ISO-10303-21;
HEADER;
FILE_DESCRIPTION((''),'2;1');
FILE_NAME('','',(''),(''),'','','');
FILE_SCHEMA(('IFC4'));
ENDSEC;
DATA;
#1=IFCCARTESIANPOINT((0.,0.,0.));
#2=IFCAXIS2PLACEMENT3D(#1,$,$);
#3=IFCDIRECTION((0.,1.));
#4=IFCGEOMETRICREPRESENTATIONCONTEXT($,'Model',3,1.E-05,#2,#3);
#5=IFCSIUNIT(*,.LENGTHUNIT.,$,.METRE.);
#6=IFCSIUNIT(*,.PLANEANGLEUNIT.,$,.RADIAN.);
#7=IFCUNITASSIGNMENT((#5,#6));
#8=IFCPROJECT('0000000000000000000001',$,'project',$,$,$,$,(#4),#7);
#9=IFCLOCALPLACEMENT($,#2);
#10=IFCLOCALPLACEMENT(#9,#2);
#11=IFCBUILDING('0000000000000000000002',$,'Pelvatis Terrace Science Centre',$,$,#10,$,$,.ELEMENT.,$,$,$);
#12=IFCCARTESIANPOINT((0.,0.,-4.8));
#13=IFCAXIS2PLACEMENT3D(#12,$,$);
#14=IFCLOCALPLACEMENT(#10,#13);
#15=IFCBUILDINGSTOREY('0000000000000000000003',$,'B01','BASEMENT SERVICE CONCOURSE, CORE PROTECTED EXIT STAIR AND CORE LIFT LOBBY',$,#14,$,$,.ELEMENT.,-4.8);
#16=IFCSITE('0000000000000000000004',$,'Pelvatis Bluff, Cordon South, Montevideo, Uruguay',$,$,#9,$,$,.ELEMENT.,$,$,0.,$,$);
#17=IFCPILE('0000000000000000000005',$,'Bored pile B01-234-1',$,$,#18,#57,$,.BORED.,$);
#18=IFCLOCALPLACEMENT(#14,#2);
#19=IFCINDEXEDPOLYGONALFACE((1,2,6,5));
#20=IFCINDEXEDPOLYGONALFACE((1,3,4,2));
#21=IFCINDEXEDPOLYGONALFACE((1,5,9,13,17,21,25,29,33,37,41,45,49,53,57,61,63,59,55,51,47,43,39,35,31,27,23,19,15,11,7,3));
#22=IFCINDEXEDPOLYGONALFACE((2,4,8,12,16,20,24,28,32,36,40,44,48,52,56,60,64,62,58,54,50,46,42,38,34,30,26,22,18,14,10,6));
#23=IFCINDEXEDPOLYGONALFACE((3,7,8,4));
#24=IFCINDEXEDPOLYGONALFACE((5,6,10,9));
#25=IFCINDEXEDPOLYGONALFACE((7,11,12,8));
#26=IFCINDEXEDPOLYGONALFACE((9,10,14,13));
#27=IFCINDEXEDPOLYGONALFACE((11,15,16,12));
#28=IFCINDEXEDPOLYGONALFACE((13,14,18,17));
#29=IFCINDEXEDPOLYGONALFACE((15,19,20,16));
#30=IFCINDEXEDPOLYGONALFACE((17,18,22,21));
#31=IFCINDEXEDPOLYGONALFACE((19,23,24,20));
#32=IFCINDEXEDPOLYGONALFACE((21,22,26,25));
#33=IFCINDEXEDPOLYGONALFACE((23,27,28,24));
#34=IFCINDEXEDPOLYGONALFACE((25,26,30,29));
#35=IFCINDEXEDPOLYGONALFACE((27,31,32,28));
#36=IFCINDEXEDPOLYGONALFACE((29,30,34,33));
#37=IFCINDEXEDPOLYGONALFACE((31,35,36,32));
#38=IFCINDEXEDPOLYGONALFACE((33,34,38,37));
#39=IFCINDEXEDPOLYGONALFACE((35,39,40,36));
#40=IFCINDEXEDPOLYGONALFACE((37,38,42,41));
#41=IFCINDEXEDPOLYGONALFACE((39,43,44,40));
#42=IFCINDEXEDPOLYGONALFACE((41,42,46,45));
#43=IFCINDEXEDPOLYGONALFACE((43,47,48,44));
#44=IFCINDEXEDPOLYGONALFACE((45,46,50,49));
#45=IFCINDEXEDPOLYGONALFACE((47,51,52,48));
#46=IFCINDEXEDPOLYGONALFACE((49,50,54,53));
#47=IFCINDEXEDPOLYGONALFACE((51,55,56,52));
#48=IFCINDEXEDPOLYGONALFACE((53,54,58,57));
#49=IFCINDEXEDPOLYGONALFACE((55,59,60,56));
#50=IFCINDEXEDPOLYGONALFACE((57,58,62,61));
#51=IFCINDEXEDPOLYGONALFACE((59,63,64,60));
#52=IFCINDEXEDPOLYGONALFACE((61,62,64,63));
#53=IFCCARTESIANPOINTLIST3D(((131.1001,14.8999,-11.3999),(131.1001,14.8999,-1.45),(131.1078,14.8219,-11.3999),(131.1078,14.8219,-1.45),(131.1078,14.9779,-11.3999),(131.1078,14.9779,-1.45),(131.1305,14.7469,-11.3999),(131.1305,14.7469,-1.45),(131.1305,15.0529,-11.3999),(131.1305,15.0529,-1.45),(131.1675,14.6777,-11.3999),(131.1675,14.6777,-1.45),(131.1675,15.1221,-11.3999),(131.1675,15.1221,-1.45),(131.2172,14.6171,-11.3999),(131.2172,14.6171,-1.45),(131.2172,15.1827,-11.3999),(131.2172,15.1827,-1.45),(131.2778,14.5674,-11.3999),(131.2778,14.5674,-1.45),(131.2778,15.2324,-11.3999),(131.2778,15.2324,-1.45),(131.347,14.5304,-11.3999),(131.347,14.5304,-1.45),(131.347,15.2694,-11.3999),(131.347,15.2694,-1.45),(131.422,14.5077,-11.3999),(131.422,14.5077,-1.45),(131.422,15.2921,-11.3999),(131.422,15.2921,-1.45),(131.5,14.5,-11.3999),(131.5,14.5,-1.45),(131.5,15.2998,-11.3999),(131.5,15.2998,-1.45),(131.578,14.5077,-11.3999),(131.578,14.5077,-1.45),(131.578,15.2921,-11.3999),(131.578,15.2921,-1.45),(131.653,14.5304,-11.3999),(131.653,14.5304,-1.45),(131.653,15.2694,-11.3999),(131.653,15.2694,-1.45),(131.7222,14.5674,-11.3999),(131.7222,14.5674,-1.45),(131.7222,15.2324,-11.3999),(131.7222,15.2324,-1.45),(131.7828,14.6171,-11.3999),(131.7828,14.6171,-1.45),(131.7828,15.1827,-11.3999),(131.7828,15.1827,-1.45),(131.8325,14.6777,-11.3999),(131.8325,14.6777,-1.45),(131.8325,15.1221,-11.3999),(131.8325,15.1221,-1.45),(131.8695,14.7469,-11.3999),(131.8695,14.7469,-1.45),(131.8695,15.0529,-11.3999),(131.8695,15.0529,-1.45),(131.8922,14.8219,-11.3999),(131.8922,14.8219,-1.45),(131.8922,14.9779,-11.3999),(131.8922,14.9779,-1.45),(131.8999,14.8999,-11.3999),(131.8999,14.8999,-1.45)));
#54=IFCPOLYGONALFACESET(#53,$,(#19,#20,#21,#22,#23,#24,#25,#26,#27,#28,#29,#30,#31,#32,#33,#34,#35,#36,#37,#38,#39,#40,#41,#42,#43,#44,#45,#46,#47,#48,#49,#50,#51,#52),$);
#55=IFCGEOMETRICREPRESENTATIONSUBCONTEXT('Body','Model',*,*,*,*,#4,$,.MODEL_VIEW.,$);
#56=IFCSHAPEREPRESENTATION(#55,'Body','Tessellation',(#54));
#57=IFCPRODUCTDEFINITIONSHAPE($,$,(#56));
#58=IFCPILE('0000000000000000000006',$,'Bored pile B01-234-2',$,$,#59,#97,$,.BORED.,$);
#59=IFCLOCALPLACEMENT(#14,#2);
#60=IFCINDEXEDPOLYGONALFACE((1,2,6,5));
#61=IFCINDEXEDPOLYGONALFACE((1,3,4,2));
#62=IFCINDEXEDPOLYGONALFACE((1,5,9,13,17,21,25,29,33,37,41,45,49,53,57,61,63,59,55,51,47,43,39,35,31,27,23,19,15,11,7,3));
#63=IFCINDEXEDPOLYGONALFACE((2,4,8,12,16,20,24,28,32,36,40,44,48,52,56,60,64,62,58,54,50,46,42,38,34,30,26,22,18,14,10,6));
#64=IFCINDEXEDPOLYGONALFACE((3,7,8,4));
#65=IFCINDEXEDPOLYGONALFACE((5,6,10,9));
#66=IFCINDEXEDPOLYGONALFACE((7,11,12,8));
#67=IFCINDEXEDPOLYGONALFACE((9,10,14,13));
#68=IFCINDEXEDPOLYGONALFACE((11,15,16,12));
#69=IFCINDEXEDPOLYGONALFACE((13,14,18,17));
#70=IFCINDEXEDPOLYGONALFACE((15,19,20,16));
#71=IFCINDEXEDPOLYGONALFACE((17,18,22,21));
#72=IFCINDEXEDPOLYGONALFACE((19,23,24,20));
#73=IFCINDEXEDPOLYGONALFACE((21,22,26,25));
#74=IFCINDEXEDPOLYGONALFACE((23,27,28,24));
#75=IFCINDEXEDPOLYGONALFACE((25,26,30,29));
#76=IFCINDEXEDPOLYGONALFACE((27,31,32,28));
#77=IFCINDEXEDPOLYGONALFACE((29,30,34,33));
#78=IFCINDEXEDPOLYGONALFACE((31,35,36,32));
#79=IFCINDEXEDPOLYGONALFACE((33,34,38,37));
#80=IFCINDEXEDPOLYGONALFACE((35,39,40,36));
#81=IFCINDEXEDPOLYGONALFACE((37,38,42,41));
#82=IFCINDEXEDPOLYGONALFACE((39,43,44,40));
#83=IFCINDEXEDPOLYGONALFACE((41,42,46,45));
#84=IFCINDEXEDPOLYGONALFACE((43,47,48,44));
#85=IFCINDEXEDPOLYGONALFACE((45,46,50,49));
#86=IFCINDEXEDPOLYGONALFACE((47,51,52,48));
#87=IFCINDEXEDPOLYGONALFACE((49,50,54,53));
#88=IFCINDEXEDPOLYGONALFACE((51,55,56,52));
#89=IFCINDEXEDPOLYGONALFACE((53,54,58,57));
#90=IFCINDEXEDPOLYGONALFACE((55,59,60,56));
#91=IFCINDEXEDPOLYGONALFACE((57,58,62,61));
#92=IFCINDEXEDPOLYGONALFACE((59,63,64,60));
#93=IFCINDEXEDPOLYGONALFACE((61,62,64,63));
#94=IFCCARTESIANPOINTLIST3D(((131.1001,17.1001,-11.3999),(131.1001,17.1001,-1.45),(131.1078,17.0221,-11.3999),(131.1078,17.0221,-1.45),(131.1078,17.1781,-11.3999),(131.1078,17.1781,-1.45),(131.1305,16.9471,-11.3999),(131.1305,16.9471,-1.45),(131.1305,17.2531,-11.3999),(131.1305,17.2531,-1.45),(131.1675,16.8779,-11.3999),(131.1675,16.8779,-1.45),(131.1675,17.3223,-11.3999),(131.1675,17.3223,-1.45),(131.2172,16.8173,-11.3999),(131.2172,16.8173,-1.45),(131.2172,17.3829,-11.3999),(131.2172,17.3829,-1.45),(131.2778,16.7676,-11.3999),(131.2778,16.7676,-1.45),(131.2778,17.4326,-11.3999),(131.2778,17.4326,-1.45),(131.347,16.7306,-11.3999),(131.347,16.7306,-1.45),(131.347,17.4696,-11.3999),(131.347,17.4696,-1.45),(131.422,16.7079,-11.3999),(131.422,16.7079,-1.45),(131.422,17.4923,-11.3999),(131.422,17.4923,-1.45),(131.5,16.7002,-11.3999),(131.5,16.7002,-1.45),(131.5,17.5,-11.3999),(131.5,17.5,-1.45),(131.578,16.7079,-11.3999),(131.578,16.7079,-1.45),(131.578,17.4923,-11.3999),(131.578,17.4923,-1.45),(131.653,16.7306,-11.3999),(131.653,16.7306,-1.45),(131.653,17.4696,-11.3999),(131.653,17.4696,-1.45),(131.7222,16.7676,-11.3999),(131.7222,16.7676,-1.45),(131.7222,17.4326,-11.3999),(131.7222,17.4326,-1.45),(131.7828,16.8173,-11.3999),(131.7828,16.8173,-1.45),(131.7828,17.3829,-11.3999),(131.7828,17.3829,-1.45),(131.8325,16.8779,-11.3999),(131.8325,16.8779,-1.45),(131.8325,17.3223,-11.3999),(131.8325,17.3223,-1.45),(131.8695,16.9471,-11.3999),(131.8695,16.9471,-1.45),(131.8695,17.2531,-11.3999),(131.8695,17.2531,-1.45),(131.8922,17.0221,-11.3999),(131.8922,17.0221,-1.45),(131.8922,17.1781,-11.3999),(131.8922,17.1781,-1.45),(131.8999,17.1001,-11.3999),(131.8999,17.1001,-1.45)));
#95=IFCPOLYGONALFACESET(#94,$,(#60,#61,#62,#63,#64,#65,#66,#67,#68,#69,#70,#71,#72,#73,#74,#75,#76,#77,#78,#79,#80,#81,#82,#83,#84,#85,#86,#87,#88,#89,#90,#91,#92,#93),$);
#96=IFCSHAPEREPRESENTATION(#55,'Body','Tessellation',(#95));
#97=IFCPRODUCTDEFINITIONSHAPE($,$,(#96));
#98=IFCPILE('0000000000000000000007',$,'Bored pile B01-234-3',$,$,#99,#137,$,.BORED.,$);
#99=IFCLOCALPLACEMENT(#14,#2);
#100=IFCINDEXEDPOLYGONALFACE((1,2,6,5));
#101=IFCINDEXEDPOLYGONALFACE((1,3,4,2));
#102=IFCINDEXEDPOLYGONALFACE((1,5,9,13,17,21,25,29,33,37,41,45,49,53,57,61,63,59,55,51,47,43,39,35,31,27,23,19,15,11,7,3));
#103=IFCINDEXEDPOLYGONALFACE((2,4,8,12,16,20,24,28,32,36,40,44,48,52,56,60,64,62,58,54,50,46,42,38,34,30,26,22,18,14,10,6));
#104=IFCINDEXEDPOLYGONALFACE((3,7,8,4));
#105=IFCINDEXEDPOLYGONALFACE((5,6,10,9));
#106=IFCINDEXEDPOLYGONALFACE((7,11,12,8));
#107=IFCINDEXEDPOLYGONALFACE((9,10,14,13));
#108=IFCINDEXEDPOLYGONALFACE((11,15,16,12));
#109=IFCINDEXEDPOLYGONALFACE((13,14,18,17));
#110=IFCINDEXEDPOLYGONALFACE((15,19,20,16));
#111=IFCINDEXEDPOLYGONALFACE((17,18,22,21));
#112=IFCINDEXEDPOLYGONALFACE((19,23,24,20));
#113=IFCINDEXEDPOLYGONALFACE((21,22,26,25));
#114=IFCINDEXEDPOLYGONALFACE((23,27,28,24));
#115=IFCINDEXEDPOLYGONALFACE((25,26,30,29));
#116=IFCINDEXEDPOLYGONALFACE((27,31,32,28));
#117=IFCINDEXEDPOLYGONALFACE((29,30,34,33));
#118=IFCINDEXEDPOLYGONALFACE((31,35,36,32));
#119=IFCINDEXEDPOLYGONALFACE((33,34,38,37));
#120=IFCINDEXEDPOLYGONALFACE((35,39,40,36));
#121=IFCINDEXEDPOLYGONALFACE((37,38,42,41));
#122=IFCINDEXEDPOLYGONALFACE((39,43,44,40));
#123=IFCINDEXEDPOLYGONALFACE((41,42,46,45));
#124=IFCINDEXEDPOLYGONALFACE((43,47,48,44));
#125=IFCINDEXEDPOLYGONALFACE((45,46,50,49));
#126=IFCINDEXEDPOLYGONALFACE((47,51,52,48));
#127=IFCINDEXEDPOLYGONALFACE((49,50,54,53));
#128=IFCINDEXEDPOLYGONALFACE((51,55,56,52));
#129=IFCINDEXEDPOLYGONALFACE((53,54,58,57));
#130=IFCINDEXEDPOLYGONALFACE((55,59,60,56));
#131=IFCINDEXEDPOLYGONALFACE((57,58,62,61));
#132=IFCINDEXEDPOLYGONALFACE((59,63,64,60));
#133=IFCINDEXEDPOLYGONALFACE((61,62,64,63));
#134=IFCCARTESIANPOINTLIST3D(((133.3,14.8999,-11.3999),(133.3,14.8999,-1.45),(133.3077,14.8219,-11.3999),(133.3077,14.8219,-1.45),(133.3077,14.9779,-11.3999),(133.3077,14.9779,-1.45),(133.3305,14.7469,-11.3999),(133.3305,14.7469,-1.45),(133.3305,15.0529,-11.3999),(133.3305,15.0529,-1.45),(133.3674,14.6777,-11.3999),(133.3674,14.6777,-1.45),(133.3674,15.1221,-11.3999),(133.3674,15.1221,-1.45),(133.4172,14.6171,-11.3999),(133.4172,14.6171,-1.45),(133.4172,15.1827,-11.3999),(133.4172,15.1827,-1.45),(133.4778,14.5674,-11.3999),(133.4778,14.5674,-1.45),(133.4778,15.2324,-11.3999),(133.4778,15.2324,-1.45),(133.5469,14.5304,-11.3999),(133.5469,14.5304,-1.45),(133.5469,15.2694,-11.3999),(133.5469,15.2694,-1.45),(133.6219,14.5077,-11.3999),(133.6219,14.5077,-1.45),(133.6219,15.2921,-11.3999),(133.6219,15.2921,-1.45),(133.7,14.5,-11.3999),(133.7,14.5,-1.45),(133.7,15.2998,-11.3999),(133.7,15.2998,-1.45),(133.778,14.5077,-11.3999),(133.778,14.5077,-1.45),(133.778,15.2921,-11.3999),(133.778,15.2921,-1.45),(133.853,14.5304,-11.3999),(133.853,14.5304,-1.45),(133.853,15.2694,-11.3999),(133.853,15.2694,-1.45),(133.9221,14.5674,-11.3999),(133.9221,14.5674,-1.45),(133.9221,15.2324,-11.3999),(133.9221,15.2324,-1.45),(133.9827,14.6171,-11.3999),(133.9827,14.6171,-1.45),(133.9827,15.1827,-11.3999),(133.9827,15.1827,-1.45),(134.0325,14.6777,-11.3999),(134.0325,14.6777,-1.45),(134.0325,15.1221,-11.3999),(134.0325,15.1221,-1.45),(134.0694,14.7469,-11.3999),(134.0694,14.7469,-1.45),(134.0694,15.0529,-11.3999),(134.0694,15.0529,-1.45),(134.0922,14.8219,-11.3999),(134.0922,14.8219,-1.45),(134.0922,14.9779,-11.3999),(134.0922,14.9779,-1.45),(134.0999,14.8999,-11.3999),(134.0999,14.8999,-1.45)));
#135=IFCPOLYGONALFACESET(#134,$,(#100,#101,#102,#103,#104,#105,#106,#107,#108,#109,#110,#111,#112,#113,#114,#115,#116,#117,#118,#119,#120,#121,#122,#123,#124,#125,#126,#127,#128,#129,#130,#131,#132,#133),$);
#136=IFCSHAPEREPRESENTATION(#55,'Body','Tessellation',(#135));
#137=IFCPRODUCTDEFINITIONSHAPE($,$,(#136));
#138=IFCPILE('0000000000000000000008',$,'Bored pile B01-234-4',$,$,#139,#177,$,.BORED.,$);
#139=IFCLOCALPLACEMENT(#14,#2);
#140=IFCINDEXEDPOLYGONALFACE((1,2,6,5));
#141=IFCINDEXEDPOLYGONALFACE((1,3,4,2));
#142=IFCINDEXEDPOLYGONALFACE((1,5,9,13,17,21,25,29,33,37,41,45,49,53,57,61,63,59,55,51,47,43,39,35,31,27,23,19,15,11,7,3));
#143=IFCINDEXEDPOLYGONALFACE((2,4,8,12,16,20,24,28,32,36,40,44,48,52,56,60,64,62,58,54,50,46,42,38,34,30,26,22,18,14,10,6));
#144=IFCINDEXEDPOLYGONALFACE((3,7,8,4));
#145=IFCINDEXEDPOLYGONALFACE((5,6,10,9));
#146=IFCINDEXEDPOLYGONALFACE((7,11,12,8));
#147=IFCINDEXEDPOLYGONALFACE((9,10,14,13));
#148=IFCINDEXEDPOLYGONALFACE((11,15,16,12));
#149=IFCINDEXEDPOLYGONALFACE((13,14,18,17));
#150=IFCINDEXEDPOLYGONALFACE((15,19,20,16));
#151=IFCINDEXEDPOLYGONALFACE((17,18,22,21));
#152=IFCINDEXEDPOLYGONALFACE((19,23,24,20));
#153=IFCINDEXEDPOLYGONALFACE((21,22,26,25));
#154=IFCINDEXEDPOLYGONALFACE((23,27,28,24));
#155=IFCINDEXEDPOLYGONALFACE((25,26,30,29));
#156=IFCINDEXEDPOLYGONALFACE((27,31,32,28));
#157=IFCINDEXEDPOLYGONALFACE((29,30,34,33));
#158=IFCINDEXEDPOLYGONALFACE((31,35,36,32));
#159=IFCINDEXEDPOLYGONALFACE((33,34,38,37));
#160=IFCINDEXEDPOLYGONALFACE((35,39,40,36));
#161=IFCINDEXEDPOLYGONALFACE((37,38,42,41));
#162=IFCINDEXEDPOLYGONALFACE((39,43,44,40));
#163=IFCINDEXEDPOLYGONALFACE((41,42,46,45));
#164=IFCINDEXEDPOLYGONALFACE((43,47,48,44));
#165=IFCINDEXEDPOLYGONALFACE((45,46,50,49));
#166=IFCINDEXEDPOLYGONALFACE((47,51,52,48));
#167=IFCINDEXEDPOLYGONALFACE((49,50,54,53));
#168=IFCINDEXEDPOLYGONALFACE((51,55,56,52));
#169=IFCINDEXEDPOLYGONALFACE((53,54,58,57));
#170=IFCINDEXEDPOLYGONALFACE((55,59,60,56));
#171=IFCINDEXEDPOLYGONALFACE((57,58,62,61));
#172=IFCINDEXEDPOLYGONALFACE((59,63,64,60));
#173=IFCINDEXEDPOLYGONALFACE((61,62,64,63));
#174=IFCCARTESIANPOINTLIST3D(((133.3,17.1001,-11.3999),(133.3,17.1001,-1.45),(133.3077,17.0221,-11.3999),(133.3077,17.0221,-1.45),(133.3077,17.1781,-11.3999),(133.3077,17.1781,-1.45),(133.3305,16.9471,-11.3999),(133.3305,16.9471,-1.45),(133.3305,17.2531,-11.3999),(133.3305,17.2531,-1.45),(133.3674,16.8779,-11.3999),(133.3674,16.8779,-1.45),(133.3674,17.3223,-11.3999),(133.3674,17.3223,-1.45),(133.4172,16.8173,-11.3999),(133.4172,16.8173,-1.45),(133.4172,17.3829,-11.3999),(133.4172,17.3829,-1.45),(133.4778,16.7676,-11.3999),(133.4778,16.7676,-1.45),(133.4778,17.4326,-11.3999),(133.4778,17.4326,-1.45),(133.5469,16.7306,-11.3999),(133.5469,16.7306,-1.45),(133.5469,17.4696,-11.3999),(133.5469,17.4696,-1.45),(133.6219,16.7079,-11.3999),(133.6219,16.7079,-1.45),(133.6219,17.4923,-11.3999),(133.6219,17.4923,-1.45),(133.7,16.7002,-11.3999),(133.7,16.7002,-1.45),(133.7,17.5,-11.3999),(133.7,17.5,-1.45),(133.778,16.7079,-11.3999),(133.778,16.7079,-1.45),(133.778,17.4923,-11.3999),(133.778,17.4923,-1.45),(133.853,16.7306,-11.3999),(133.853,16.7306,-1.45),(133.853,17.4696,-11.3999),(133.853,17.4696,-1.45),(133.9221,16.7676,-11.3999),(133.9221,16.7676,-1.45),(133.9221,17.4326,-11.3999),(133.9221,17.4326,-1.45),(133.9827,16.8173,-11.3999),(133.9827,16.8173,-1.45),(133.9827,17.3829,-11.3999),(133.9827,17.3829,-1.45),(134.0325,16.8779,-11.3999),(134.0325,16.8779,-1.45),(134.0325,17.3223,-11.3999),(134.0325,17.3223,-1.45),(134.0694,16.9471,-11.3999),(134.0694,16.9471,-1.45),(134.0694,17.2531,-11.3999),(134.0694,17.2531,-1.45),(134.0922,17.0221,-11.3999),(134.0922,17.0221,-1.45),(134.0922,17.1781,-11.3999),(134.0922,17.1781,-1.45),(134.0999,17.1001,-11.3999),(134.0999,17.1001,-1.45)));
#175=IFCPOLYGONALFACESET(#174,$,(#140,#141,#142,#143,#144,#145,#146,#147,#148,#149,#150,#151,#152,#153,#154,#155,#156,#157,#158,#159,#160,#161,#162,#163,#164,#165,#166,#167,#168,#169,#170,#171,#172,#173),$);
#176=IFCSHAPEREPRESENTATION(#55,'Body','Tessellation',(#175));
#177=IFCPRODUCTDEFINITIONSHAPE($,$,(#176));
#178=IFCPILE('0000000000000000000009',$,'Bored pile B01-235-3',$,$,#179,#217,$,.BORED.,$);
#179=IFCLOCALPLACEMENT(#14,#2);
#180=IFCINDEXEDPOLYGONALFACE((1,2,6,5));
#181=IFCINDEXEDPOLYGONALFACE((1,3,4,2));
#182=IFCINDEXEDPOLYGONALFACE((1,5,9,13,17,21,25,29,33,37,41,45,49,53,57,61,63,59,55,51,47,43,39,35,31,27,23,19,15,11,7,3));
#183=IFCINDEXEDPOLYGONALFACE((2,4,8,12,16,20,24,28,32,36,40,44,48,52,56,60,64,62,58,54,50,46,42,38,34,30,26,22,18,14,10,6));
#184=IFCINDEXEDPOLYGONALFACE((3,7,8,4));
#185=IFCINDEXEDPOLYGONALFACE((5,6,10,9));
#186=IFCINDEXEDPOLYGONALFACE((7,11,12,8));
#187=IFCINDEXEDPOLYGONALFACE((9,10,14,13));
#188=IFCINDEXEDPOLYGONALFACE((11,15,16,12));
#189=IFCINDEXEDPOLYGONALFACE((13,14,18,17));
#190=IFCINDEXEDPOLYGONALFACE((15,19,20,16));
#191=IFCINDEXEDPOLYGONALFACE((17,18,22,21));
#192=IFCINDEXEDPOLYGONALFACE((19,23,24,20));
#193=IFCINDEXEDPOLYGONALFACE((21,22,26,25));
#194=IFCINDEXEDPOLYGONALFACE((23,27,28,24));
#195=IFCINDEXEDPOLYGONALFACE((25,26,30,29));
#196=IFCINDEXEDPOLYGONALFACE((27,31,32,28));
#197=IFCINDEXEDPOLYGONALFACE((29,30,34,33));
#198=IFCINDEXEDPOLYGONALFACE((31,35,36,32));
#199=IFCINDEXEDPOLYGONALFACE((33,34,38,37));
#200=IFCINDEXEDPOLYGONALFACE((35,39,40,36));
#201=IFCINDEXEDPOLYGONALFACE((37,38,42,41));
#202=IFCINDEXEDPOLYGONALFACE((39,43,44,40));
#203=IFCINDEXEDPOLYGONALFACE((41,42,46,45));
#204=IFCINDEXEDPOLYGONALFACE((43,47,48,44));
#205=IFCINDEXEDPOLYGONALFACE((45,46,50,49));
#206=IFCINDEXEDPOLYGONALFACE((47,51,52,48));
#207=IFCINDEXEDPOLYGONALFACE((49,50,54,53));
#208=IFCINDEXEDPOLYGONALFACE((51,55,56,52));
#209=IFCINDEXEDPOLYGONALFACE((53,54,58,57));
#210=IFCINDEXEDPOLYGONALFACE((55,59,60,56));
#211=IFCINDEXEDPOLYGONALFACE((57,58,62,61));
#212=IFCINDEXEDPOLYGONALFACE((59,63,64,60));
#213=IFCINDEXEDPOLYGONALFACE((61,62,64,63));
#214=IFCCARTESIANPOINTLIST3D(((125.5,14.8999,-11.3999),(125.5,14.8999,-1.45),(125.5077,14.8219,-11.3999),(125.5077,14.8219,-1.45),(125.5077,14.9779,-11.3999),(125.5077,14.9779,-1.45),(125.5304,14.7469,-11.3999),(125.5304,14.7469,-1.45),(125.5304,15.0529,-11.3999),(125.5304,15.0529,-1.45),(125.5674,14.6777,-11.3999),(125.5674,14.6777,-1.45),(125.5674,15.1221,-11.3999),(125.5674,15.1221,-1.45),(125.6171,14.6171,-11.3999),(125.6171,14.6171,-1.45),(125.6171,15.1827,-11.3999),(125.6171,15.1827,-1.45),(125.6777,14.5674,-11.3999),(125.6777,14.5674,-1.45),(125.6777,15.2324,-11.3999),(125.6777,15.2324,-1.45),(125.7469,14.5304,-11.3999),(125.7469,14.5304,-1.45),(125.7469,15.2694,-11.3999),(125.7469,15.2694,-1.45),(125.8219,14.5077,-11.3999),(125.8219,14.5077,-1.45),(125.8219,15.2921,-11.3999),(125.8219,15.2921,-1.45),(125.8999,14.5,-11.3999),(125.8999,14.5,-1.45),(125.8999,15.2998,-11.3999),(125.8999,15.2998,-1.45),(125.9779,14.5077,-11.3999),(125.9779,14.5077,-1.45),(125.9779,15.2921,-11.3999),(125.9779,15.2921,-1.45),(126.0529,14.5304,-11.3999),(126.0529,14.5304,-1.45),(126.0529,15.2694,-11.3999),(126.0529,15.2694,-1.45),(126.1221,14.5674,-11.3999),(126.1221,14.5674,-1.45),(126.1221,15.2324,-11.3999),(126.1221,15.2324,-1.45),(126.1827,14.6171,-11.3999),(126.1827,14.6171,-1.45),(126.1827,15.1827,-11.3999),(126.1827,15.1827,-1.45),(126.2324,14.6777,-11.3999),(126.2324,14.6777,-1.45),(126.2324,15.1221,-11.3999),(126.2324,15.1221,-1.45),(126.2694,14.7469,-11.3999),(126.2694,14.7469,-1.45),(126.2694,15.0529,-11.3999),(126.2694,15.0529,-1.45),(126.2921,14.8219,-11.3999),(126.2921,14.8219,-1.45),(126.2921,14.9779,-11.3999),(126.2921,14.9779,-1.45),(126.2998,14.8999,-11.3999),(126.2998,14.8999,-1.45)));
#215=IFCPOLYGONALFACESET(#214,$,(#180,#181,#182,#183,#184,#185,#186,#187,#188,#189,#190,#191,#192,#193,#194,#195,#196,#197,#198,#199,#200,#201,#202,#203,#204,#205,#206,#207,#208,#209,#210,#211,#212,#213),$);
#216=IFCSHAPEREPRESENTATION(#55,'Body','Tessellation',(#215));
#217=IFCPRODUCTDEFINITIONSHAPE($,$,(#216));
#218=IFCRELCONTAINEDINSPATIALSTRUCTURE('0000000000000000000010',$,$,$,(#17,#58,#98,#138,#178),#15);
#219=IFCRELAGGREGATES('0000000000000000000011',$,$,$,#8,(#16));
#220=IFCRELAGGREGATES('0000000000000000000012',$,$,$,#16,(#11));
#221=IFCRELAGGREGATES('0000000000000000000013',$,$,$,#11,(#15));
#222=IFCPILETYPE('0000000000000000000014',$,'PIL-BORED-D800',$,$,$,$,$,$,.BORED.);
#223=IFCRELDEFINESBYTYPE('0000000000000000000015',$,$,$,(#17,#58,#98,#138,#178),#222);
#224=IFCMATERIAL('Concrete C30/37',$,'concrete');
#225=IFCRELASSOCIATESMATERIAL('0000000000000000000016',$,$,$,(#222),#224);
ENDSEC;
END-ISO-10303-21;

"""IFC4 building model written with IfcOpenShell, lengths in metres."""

from ifc_helpers import new_model, si_unit, direction, frame, origin, origin_2d, place, context, subcontext, project, spatial, circle, extrude, material, material_profile, profile_set, type_object, element, save


model = new_model("IFC4")

# Units and contexts
model_context = context("Model", 3, precision=1e-05, world=origin(), true_north=direction((0.0, 1.0)))
body_context = subcontext(model_context, "Body", "Model", "MODEL_VIEW")
ifc_project = project(units=[si_unit("LENGTHUNIT", "METRE"), si_unit("PLANEANGLEUNIT", "RADIAN")], contexts=[model_context])

# Site, building, storey
site_placement = place(None, origin())
site = spatial("IfcSite", under=ifc_project, at=site_placement, Name="Pelvatis Bluff, Cordon South, Montevideo, Uruguay", CompositionType="ELEMENT", RefElevation=0.0)
building_placement = place(site_placement, origin())
building = spatial("IfcBuilding", under=site, at=building_placement, Name="Pelvatis Terrace Science Centre", CompositionType="ELEMENT")
storey_placement = place(building_placement, frame((0.0, 0.0, -4.8)))
storey = spatial("IfcBuildingStorey", under=building, at=storey_placement, Name="B01", Description="BASEMENT SERVICE CONCOURSE, CORE PROTECTED EXIT STAIR AND CORE LIFT LOBBY", CompositionType="ELEMENT", Elevation=-4.8)

# Piles
ifc_material_1 = material(Name="Concrete C30/37", Category="concrete")
ifc_material_profile_1 = material_profile(ifc_material_1, circle(Radius=0.3999, at=origin_2d()), Name="PILE D800")
ifc_profile_set_1 = profile_set([ifc_material_profile_1], Name="Concrete C30/37")
pile_type = type_object("IfcPileType", Name="PIL-BORED-D800", PredefinedType="BORED", material=ifc_profile_set_1)
for number, where, z_axis, x_axis, name in (
    (1, (131.5, 14.8999, -1.45), (0.0, 0.0, -1.0), (1.0, 0.0, 0.0), "Bored pile B01-234-1"),
    (2, (131.5, 17.1001, -1.45), (0.0, 0.0, -1.0), (1.0, 0.0, 0.0), "Bored pile B01-234-2"),
    (3, (133.7, 14.8999, -1.45), (0.0, 0.0, -1.0), (1.0, 0.0, 0.0), "Bored pile B01-234-3"),
    (4, (133.7, 17.1001, -1.45), (0.0, 0.0, -1.0), (1.0, 0.0, 0.0), "Bored pile B01-234-4"),
    (5, (125.8999, 14.8999, -1.45), (0.0, 0.0, -1.0), (1.0, 0.0, 0.0), "Bored pile B01-235-3"),
):
    element("IfcPile", number, at=place(storey_placement, frame(where, z_axis=z_axis, x_axis=x_axis)), inside=storey, type_object=pile_type, Name=name, PredefinedType="BORED", context=body_context, shape_type="SweptSolid", body=[
        extrude(circle(Radius=0.3999, at=origin_2d()), origin(), (0.0, 0.0, 1.0), 9.95),
    ])

save(model, "model.ifc")
